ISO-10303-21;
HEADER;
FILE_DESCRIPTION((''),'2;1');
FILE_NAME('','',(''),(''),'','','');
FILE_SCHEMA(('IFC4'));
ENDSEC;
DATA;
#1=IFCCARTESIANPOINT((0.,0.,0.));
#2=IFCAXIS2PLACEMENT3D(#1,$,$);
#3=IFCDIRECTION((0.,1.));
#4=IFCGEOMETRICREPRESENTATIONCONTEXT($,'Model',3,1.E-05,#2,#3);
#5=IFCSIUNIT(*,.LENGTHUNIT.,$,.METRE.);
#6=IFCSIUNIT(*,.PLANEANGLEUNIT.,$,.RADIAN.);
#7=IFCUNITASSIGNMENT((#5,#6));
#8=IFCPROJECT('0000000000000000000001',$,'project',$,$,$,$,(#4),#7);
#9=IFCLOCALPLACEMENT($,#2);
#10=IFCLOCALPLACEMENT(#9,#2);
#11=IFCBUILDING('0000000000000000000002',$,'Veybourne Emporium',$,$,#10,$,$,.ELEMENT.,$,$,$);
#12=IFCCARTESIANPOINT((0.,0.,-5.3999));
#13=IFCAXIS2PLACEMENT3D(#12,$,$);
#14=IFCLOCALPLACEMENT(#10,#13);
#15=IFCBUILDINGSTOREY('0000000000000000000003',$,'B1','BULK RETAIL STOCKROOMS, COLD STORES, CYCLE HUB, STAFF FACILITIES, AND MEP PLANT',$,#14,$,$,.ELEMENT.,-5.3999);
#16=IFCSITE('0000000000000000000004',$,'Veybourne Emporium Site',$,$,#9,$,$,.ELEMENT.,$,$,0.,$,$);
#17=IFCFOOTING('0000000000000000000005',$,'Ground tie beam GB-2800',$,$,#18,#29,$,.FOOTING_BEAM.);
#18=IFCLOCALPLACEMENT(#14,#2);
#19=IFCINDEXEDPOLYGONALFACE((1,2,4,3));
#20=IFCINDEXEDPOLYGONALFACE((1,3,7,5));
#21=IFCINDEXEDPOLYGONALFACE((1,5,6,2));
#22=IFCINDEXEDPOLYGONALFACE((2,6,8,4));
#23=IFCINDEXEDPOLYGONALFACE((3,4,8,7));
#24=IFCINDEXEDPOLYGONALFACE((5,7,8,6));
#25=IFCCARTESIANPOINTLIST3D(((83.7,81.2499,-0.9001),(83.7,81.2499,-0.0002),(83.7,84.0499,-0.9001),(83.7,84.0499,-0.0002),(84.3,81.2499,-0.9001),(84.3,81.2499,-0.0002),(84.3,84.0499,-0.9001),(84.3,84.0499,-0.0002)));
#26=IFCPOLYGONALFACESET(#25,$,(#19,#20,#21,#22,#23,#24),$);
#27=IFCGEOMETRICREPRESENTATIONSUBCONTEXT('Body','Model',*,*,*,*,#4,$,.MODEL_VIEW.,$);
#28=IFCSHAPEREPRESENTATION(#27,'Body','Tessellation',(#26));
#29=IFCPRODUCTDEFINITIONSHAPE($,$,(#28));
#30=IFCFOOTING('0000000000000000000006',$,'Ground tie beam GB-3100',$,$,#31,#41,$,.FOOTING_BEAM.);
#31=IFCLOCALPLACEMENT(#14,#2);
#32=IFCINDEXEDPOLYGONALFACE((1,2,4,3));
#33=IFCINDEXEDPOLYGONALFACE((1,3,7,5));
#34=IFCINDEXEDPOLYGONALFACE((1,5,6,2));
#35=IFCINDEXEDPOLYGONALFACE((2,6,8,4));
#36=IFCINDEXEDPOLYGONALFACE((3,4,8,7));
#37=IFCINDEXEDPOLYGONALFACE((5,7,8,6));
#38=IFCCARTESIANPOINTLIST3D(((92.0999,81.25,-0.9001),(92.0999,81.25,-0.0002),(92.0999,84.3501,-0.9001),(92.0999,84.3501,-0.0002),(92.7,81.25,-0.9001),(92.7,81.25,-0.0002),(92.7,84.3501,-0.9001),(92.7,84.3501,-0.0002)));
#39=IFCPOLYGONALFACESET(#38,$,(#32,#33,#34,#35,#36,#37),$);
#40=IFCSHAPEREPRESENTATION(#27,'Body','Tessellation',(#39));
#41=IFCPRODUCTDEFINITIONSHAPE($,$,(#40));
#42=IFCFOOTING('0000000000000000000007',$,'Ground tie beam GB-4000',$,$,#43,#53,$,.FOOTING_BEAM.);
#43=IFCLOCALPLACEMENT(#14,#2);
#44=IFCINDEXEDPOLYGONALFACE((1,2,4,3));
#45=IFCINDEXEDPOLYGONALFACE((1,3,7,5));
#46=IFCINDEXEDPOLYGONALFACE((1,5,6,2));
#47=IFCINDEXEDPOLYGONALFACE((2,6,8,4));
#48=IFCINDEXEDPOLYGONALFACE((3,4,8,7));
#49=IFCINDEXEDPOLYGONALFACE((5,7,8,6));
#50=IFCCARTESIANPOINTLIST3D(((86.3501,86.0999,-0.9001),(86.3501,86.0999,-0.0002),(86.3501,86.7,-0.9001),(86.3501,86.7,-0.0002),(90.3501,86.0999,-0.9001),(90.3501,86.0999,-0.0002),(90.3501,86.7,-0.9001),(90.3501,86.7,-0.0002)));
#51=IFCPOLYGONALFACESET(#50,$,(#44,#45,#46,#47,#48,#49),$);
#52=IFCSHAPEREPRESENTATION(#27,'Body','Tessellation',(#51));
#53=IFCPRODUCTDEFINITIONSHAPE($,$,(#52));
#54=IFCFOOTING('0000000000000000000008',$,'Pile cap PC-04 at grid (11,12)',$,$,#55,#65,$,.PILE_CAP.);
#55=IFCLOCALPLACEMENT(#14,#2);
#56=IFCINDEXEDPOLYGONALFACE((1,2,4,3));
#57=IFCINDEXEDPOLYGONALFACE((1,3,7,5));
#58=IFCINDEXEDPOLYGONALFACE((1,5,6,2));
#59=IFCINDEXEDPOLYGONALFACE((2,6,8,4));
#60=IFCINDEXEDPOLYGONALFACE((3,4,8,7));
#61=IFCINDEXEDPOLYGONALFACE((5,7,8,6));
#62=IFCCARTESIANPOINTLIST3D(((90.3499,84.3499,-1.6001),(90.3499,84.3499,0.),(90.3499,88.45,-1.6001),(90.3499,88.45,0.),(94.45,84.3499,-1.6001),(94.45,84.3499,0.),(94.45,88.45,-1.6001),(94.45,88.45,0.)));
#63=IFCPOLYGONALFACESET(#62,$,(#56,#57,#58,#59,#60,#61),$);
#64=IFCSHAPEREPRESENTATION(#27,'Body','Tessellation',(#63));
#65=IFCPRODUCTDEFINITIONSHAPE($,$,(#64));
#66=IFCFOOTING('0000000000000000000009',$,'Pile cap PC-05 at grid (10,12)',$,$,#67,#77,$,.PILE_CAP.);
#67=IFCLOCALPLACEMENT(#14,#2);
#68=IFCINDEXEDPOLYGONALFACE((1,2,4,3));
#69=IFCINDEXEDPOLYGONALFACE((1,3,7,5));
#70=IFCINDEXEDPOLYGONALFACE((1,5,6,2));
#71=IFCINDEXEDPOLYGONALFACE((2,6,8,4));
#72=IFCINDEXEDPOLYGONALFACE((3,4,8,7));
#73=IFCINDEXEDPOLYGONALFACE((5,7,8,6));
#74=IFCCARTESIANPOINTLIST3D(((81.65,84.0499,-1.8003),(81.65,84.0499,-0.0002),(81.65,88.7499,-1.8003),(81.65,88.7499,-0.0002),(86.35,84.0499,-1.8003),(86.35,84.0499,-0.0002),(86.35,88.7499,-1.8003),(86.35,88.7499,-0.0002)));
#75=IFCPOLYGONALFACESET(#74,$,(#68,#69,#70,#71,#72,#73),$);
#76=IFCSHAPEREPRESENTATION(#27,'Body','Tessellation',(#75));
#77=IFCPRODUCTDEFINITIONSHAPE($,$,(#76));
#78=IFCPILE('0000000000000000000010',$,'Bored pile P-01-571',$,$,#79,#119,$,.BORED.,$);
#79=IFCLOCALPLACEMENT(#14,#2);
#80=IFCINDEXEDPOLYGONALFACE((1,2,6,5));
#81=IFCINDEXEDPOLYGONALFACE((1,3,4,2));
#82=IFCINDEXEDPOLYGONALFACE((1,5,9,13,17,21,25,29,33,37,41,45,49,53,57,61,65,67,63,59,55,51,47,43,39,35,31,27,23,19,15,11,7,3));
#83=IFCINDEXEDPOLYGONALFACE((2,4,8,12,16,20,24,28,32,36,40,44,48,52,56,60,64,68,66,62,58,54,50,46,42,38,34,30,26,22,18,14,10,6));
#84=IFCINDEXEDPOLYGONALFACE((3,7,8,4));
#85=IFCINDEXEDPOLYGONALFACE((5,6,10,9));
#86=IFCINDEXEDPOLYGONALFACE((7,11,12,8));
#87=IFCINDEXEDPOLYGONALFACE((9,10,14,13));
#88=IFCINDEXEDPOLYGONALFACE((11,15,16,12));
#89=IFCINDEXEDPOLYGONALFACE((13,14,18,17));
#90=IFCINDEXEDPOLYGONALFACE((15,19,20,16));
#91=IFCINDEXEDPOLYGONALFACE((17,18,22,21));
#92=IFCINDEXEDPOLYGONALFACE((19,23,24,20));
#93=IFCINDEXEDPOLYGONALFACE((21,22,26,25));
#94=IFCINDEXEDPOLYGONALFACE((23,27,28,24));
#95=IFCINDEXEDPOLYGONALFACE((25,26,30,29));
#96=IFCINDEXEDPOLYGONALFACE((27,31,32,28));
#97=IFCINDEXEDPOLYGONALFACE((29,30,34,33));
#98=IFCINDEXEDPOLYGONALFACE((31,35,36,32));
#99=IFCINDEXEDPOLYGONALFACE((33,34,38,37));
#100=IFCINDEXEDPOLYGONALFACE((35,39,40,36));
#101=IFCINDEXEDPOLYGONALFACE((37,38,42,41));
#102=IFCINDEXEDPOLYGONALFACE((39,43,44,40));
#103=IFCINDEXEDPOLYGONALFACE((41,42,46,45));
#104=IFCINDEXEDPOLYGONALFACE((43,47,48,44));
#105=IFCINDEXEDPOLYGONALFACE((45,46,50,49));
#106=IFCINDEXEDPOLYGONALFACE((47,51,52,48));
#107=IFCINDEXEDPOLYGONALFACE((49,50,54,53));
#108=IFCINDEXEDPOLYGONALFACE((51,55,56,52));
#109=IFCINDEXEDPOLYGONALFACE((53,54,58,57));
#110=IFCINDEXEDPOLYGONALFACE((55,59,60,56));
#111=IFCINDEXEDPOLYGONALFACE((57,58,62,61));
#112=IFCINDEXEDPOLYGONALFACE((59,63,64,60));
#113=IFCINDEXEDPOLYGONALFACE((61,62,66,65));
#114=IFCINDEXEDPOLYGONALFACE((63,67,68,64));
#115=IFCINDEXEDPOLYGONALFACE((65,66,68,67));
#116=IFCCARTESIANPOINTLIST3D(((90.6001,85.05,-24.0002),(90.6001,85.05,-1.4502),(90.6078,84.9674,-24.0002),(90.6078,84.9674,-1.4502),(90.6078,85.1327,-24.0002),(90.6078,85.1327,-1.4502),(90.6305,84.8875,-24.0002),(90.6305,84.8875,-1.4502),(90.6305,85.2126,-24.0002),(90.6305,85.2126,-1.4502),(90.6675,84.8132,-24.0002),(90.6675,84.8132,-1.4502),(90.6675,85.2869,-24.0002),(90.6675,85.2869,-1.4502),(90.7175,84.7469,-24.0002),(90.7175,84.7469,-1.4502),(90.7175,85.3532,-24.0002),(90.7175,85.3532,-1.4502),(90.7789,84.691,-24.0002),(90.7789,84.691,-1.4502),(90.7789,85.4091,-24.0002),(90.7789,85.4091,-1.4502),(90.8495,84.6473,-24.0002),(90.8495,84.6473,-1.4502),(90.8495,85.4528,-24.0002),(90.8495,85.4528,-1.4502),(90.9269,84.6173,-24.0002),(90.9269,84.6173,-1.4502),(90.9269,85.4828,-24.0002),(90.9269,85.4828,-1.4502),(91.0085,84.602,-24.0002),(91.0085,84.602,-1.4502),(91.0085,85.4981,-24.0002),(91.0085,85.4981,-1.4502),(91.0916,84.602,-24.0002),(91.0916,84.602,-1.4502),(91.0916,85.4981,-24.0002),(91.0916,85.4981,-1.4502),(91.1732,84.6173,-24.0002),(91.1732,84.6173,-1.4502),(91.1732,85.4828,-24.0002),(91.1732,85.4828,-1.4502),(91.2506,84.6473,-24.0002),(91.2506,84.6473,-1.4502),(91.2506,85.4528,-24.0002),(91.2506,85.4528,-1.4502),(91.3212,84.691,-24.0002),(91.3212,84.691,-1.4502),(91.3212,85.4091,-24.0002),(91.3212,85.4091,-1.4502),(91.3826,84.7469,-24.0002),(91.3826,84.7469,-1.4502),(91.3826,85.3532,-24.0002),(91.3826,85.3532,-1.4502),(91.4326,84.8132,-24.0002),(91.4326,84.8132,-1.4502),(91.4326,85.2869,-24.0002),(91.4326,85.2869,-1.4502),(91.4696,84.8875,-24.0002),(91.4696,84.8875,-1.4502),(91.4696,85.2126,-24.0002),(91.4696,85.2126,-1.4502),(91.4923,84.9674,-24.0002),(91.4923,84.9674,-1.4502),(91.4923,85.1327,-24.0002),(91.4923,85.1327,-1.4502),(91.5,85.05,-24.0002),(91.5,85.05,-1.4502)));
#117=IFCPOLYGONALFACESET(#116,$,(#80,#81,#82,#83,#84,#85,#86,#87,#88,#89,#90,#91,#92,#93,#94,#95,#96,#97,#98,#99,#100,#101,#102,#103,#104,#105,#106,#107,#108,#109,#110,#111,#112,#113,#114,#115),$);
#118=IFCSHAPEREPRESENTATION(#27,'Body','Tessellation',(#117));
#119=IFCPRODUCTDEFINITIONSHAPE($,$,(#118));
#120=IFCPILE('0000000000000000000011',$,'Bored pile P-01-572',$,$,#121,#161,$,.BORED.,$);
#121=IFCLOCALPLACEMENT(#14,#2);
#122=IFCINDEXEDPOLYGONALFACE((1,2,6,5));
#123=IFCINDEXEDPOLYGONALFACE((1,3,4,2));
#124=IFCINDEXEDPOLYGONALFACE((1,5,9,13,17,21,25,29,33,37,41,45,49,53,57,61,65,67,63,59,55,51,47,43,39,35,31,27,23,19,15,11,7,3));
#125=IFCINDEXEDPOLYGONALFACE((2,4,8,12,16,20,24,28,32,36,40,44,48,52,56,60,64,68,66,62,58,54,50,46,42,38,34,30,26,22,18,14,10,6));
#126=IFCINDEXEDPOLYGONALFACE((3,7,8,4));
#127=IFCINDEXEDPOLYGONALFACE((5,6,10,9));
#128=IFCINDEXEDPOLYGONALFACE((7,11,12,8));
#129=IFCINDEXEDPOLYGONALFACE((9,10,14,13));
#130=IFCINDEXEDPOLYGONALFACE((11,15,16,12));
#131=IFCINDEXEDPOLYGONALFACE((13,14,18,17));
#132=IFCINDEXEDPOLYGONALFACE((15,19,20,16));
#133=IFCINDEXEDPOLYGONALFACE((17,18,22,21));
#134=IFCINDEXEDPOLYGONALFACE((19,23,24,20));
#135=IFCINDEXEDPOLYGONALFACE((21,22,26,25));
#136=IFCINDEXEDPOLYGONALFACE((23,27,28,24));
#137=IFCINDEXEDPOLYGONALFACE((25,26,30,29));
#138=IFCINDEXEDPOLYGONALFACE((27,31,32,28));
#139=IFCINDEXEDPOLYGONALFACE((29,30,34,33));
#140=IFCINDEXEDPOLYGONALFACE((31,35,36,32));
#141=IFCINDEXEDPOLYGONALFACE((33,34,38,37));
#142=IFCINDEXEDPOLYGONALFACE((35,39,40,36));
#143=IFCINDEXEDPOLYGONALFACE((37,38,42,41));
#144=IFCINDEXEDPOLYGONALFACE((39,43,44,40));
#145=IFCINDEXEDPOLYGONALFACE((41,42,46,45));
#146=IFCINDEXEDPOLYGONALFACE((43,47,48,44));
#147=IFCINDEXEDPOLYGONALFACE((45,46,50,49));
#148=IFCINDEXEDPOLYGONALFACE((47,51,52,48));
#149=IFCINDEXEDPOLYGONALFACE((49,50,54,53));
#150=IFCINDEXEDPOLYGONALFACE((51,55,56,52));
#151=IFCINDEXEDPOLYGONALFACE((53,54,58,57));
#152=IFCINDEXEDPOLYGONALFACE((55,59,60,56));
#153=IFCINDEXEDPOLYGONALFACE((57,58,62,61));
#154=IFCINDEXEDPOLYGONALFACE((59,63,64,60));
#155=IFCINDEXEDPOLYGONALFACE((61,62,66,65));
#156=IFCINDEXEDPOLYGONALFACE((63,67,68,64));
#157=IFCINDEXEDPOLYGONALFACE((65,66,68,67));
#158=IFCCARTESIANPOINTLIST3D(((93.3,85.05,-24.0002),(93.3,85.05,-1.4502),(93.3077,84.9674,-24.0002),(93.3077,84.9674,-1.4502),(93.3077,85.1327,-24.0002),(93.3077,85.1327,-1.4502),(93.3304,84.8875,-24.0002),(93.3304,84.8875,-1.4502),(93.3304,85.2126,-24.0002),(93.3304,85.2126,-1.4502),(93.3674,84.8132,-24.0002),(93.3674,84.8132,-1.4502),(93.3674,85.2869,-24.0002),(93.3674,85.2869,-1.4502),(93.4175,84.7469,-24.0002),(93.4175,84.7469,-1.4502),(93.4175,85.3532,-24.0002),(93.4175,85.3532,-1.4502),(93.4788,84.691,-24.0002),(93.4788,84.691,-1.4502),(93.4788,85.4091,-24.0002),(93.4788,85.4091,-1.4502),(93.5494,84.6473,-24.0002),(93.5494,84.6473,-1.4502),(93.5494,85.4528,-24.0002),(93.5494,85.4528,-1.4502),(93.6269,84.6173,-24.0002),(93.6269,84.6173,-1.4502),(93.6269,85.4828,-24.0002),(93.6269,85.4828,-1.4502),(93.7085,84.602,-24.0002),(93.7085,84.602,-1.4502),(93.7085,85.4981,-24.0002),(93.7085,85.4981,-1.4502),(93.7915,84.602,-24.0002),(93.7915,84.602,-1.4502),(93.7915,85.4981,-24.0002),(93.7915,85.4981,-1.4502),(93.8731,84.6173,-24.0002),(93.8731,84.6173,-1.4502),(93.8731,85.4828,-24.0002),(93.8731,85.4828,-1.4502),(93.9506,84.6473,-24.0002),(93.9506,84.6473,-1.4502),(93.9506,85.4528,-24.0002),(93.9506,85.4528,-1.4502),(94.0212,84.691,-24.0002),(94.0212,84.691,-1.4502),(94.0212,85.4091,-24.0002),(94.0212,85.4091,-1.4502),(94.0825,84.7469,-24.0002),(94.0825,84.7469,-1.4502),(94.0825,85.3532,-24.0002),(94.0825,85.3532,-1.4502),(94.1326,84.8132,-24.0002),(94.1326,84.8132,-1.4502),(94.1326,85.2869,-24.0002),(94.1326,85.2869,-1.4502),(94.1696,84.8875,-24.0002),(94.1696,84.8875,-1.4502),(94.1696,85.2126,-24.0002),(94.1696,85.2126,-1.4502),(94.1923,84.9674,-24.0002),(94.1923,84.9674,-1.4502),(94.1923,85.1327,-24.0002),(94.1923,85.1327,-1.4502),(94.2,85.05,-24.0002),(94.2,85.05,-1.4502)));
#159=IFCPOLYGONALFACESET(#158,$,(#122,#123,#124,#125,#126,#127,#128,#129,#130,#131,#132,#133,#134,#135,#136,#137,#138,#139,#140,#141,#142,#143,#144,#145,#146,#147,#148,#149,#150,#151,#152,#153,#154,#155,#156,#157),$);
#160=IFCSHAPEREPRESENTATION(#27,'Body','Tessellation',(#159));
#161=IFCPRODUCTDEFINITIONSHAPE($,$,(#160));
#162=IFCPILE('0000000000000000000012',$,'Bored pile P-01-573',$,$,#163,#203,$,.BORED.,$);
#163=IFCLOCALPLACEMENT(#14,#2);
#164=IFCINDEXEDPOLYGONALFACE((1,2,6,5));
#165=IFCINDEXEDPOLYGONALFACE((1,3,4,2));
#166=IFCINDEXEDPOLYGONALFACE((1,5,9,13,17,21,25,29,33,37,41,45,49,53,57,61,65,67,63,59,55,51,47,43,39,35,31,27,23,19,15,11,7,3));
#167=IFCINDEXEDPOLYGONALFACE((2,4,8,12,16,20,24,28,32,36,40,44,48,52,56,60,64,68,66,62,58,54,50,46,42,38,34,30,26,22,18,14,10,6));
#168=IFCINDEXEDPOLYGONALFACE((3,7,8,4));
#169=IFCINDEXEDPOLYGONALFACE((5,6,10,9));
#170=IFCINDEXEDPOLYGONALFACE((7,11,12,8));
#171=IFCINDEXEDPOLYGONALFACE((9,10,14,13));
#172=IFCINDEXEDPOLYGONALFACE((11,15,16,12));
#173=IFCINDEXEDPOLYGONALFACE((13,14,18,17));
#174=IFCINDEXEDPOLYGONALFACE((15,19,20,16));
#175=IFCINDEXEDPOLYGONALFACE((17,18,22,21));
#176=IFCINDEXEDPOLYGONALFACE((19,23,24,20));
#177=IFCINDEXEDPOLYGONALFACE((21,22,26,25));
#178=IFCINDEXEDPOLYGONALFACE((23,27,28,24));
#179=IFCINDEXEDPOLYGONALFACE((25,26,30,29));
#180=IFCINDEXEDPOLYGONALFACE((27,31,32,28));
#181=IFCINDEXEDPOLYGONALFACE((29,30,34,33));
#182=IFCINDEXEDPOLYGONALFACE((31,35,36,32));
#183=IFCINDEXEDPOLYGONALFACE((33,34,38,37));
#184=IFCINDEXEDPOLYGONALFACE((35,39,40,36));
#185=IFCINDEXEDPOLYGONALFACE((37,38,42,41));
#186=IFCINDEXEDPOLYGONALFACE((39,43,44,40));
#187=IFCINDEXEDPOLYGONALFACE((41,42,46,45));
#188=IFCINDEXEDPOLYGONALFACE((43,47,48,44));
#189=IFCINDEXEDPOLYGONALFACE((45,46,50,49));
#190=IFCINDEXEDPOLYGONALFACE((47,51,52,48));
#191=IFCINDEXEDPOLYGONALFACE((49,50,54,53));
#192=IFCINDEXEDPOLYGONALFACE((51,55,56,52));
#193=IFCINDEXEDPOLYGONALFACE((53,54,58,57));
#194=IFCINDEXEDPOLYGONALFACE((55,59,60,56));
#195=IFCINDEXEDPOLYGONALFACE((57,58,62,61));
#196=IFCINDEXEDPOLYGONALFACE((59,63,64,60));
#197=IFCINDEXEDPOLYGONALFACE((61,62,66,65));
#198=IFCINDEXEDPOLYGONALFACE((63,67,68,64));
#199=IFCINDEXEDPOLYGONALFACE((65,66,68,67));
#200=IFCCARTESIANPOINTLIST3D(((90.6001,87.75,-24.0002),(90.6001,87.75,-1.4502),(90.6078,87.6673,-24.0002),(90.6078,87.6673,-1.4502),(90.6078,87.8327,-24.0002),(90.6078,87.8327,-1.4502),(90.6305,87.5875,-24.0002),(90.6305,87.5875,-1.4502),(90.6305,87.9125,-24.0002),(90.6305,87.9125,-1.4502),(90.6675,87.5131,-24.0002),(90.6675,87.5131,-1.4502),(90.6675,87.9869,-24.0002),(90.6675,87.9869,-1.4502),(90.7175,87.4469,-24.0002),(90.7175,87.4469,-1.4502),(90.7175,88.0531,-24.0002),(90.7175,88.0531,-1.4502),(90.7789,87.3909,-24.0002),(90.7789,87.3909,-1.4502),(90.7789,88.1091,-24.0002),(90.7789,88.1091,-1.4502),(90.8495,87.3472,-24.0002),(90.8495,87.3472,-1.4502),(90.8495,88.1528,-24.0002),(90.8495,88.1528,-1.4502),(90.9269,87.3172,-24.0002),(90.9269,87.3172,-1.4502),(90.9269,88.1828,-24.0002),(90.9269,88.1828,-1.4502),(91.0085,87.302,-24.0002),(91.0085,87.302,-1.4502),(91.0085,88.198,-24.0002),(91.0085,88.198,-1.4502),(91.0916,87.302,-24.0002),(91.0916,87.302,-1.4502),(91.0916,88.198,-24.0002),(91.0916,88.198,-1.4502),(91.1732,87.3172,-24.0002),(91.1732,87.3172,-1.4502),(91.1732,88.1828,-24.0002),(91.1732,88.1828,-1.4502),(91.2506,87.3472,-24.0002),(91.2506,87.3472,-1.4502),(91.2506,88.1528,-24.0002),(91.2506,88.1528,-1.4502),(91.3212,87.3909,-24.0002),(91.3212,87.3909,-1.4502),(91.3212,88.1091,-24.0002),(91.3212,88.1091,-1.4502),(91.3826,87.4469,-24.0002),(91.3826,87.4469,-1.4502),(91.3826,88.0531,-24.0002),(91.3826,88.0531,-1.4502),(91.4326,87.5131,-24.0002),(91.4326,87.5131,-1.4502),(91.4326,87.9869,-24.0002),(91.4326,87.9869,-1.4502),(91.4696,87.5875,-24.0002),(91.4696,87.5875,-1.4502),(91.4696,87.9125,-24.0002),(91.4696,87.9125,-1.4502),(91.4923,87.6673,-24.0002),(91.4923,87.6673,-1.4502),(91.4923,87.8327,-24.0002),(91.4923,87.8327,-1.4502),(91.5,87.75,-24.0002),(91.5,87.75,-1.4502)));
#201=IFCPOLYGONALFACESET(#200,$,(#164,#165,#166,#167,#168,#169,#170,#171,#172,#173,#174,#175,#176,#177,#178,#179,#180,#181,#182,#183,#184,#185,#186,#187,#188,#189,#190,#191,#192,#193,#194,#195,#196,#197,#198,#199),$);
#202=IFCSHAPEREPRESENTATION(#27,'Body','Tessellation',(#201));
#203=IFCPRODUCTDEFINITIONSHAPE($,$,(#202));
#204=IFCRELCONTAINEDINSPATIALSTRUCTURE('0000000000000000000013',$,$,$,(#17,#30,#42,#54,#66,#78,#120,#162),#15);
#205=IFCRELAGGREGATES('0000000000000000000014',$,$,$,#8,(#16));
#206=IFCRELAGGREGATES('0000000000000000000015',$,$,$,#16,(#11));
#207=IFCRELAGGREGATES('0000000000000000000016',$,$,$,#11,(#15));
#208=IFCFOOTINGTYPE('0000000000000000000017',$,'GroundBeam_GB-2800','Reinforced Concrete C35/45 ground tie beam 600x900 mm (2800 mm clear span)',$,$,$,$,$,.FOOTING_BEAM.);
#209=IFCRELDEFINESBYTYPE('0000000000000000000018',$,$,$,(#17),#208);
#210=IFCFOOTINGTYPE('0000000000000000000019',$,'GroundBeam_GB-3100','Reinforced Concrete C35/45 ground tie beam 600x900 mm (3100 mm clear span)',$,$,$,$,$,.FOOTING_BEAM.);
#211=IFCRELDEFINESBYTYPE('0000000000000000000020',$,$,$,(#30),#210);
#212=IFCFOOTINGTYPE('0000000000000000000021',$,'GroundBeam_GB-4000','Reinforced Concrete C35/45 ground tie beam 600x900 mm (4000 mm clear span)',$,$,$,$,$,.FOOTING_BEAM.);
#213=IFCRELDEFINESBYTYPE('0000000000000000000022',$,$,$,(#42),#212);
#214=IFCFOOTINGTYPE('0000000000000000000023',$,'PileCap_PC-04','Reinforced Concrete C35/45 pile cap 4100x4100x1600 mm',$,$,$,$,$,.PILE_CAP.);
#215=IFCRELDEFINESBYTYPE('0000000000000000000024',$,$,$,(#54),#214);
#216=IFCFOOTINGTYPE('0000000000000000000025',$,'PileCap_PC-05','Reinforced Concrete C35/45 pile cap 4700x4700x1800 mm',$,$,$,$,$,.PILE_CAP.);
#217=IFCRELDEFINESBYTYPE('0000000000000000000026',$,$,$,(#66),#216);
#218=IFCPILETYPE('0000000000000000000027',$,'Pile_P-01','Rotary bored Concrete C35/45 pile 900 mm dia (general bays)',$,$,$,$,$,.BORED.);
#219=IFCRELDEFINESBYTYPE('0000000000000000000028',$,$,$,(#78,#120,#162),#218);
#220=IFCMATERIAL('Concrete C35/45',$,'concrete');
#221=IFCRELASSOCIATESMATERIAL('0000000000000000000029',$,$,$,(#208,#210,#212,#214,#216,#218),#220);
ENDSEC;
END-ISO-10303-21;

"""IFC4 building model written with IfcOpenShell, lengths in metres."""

from ifc_helpers import new_model, si_unit, direction, frame, origin, origin_2d, place, context, subcontext, project, spatial, rectangle, circle, extrude, material, material_profile, profile_set, type_object, element, save


model = new_model("IFC4")

# Units and contexts
model_context = context("Model", 3, precision=1e-05, world=origin(), true_north=direction((0.0, 1.0)))
body_context = subcontext(model_context, "Body", "Model", "MODEL_VIEW")
ifc_project = project(units=[si_unit("LENGTHUNIT", "METRE"), si_unit("PLANEANGLEUNIT", "RADIAN")], contexts=[model_context])

# Site, building, storey
site_placement = place(None, origin())
site = spatial("IfcSite", under=ifc_project, at=site_placement, Name="Veybourne Emporium Site", CompositionType="ELEMENT", RefElevation=0.0)
building_placement = place(site_placement, origin())
building = spatial("IfcBuilding", under=site, at=building_placement, Name="Veybourne Emporium", CompositionType="ELEMENT")
storey_placement = place(building_placement, frame((0.0, 0.0, -5.3999)))
storey = spatial("IfcBuildingStorey", under=building, at=storey_placement, Name="B1", Description="BULK RETAIL STOCKROOMS, COLD STORES, CYCLE HUB, STAFF FACILITIES, AND MEP PLANT", CompositionType="ELEMENT", Elevation=-5.3999)

# Footings
ifc_material_1 = material(Name="Concrete C35/45", Category="concrete")
footing_type_1 = type_object("IfcFootingType", Name="GroundBeam_GB-2800", Description="Reinforced Concrete C35/45 ground tie beam 600x900 mm (2800 mm clear span)", PredefinedType="FOOTING_BEAM", material=ifc_material_1)
footing_1_placement = place(storey_placement, frame((84.0, 82.6499, -0.9001), z_axis=(0.0, 0.0, 1.0), x_axis=(0.0, 1.0, 0.0)))
element("IfcFooting", 1, at=footing_1_placement, inside=storey, type_object=footing_type_1, Name="Ground tie beam GB-2800", PredefinedType="FOOTING_BEAM", context=body_context, shape_type="SweptSolid", body=[
    extrude(rectangle(XDim=2.8, YDim=0.6001, at=origin_2d()), origin(), (0.0, 0.0, 1.0), 0.8999),
])
footing_type_2 = type_object("IfcFootingType", Name="GroundBeam_GB-3100", Description="Reinforced Concrete C35/45 ground tie beam 600x900 mm (3100 mm clear span)", PredefinedType="FOOTING_BEAM", material=ifc_material_1)
footing_2_placement = place(storey_placement, frame((92.3999, 82.8, -0.9001), z_axis=(0.0, 0.0, 1.0), x_axis=(0.0, 1.0, 0.0)))
element("IfcFooting", 2, at=footing_2_placement, inside=storey, type_object=footing_type_2, Name="Ground tie beam GB-3100", PredefinedType="FOOTING_BEAM", context=body_context, shape_type="SweptSolid", body=[
    extrude(rectangle(XDim=3.1001, YDim=0.6001, at=origin_2d()), origin(), (0.0, 0.0, 1.0), 0.8999),
])
footing_type_3 = type_object("IfcFootingType", Name="GroundBeam_GB-4000", Description="Reinforced Concrete C35/45 ground tie beam 600x900 mm (4000 mm clear span)", PredefinedType="FOOTING_BEAM", material=ifc_material_1)
footing_3_placement = place(storey_placement, frame((88.3501, 86.3999, -0.9001), z_axis=(0.0, 0.0, 1.0), x_axis=(1.0, 0.0, 0.0)))
element("IfcFooting", 3, at=footing_3_placement, inside=storey, type_object=footing_type_3, Name="Ground tie beam GB-4000", PredefinedType="FOOTING_BEAM", context=body_context, shape_type="SweptSolid", body=[
    extrude(rectangle(XDim=4.0, YDim=0.6001, at=origin_2d()), origin(), (0.0, 0.0, 1.0), 0.8999),
])
footing_type_4 = type_object("IfcFootingType", Name="PileCap_PC-04", Description="Reinforced Concrete C35/45 pile cap 4100x4100x1600 mm", PredefinedType="PILE_CAP", material=ifc_material_1)
footing_4_placement = place(storey_placement, frame((92.3999, 86.3999, -1.6001), z_axis=(0.0, 0.0, 1.0), x_axis=(1.0, 0.0, 0.0)))
element("IfcFooting", 4, at=footing_4_placement, inside=storey, type_object=footing_type_4, Name="Pile cap PC-04 at grid (11,12)", PredefinedType="PILE_CAP", context=body_context, shape_type="SweptSolid", body=[
    extrude(rectangle(XDim=4.1001, YDim=4.1001, at=origin_2d()), origin(), (0.0, 0.0, 1.0), 1.6001),
])
footing_type_5 = type_object("IfcFootingType", Name="PileCap_PC-05", Description="Reinforced Concrete C35/45 pile cap 4700x4700x1800 mm", PredefinedType="PILE_CAP", material=ifc_material_1)
footing_5_placement = place(storey_placement, frame((84.0, 86.3999, -1.8003), z_axis=(0.0, 0.0, 1.0), x_axis=(1.0, 0.0, 0.0)))
element("IfcFooting", 5, at=footing_5_placement, inside=storey, type_object=footing_type_5, Name="Pile cap PC-05 at grid (10,12)", PredefinedType="PILE_CAP", context=body_context, shape_type="SweptSolid", body=[
    extrude(rectangle(XDim=4.7, YDim=4.7, at=origin_2d()), origin(), (0.0, 0.0, 1.0), 1.8),
])

# Piles
ifc_material_profile_1 = material_profile(ifc_material_1, circle(Radius=0.45, at=origin_2d()), Name="BORED PILE 900")
ifc_profile_set_1 = profile_set([ifc_material_profile_1], Name="Concrete C35/45")
pile_type_1 = type_object("IfcPileType", Name="Pile_P-01", Description="Rotary bored Concrete C35/45 pile 900 mm dia (general bays)", PredefinedType="BORED", material=ifc_profile_set_1)
for number, where, z_axis, x_axis, name in (
    (6, (91.05, 85.05, -1.4502), (0.0, 0.0, -1.0), (1.0, 0.0, 0.0), "Bored pile P-01-571"),
    (7, (93.75, 85.05, -1.4502), (0.0, 0.0, -1.0), (1.0, 0.0, 0.0), "Bored pile P-01-572"),
    (8, (91.05, 87.75, -1.4502), (0.0, 0.0, -1.0), (1.0, 0.0, 0.0), "Bored pile P-01-573"),
):
    element("IfcPile", number, at=place(storey_placement, frame(where, z_axis=z_axis, x_axis=x_axis)), inside=storey, type_object=pile_type_1, Name=name, PredefinedType="BORED", context=body_context, shape_type="SweptSolid", body=[
        extrude(circle(Radius=0.45, at=origin_2d()), origin(), (0.0, 0.0, 1.0), 22.55),
    ])

save(model, "model.ifc")
